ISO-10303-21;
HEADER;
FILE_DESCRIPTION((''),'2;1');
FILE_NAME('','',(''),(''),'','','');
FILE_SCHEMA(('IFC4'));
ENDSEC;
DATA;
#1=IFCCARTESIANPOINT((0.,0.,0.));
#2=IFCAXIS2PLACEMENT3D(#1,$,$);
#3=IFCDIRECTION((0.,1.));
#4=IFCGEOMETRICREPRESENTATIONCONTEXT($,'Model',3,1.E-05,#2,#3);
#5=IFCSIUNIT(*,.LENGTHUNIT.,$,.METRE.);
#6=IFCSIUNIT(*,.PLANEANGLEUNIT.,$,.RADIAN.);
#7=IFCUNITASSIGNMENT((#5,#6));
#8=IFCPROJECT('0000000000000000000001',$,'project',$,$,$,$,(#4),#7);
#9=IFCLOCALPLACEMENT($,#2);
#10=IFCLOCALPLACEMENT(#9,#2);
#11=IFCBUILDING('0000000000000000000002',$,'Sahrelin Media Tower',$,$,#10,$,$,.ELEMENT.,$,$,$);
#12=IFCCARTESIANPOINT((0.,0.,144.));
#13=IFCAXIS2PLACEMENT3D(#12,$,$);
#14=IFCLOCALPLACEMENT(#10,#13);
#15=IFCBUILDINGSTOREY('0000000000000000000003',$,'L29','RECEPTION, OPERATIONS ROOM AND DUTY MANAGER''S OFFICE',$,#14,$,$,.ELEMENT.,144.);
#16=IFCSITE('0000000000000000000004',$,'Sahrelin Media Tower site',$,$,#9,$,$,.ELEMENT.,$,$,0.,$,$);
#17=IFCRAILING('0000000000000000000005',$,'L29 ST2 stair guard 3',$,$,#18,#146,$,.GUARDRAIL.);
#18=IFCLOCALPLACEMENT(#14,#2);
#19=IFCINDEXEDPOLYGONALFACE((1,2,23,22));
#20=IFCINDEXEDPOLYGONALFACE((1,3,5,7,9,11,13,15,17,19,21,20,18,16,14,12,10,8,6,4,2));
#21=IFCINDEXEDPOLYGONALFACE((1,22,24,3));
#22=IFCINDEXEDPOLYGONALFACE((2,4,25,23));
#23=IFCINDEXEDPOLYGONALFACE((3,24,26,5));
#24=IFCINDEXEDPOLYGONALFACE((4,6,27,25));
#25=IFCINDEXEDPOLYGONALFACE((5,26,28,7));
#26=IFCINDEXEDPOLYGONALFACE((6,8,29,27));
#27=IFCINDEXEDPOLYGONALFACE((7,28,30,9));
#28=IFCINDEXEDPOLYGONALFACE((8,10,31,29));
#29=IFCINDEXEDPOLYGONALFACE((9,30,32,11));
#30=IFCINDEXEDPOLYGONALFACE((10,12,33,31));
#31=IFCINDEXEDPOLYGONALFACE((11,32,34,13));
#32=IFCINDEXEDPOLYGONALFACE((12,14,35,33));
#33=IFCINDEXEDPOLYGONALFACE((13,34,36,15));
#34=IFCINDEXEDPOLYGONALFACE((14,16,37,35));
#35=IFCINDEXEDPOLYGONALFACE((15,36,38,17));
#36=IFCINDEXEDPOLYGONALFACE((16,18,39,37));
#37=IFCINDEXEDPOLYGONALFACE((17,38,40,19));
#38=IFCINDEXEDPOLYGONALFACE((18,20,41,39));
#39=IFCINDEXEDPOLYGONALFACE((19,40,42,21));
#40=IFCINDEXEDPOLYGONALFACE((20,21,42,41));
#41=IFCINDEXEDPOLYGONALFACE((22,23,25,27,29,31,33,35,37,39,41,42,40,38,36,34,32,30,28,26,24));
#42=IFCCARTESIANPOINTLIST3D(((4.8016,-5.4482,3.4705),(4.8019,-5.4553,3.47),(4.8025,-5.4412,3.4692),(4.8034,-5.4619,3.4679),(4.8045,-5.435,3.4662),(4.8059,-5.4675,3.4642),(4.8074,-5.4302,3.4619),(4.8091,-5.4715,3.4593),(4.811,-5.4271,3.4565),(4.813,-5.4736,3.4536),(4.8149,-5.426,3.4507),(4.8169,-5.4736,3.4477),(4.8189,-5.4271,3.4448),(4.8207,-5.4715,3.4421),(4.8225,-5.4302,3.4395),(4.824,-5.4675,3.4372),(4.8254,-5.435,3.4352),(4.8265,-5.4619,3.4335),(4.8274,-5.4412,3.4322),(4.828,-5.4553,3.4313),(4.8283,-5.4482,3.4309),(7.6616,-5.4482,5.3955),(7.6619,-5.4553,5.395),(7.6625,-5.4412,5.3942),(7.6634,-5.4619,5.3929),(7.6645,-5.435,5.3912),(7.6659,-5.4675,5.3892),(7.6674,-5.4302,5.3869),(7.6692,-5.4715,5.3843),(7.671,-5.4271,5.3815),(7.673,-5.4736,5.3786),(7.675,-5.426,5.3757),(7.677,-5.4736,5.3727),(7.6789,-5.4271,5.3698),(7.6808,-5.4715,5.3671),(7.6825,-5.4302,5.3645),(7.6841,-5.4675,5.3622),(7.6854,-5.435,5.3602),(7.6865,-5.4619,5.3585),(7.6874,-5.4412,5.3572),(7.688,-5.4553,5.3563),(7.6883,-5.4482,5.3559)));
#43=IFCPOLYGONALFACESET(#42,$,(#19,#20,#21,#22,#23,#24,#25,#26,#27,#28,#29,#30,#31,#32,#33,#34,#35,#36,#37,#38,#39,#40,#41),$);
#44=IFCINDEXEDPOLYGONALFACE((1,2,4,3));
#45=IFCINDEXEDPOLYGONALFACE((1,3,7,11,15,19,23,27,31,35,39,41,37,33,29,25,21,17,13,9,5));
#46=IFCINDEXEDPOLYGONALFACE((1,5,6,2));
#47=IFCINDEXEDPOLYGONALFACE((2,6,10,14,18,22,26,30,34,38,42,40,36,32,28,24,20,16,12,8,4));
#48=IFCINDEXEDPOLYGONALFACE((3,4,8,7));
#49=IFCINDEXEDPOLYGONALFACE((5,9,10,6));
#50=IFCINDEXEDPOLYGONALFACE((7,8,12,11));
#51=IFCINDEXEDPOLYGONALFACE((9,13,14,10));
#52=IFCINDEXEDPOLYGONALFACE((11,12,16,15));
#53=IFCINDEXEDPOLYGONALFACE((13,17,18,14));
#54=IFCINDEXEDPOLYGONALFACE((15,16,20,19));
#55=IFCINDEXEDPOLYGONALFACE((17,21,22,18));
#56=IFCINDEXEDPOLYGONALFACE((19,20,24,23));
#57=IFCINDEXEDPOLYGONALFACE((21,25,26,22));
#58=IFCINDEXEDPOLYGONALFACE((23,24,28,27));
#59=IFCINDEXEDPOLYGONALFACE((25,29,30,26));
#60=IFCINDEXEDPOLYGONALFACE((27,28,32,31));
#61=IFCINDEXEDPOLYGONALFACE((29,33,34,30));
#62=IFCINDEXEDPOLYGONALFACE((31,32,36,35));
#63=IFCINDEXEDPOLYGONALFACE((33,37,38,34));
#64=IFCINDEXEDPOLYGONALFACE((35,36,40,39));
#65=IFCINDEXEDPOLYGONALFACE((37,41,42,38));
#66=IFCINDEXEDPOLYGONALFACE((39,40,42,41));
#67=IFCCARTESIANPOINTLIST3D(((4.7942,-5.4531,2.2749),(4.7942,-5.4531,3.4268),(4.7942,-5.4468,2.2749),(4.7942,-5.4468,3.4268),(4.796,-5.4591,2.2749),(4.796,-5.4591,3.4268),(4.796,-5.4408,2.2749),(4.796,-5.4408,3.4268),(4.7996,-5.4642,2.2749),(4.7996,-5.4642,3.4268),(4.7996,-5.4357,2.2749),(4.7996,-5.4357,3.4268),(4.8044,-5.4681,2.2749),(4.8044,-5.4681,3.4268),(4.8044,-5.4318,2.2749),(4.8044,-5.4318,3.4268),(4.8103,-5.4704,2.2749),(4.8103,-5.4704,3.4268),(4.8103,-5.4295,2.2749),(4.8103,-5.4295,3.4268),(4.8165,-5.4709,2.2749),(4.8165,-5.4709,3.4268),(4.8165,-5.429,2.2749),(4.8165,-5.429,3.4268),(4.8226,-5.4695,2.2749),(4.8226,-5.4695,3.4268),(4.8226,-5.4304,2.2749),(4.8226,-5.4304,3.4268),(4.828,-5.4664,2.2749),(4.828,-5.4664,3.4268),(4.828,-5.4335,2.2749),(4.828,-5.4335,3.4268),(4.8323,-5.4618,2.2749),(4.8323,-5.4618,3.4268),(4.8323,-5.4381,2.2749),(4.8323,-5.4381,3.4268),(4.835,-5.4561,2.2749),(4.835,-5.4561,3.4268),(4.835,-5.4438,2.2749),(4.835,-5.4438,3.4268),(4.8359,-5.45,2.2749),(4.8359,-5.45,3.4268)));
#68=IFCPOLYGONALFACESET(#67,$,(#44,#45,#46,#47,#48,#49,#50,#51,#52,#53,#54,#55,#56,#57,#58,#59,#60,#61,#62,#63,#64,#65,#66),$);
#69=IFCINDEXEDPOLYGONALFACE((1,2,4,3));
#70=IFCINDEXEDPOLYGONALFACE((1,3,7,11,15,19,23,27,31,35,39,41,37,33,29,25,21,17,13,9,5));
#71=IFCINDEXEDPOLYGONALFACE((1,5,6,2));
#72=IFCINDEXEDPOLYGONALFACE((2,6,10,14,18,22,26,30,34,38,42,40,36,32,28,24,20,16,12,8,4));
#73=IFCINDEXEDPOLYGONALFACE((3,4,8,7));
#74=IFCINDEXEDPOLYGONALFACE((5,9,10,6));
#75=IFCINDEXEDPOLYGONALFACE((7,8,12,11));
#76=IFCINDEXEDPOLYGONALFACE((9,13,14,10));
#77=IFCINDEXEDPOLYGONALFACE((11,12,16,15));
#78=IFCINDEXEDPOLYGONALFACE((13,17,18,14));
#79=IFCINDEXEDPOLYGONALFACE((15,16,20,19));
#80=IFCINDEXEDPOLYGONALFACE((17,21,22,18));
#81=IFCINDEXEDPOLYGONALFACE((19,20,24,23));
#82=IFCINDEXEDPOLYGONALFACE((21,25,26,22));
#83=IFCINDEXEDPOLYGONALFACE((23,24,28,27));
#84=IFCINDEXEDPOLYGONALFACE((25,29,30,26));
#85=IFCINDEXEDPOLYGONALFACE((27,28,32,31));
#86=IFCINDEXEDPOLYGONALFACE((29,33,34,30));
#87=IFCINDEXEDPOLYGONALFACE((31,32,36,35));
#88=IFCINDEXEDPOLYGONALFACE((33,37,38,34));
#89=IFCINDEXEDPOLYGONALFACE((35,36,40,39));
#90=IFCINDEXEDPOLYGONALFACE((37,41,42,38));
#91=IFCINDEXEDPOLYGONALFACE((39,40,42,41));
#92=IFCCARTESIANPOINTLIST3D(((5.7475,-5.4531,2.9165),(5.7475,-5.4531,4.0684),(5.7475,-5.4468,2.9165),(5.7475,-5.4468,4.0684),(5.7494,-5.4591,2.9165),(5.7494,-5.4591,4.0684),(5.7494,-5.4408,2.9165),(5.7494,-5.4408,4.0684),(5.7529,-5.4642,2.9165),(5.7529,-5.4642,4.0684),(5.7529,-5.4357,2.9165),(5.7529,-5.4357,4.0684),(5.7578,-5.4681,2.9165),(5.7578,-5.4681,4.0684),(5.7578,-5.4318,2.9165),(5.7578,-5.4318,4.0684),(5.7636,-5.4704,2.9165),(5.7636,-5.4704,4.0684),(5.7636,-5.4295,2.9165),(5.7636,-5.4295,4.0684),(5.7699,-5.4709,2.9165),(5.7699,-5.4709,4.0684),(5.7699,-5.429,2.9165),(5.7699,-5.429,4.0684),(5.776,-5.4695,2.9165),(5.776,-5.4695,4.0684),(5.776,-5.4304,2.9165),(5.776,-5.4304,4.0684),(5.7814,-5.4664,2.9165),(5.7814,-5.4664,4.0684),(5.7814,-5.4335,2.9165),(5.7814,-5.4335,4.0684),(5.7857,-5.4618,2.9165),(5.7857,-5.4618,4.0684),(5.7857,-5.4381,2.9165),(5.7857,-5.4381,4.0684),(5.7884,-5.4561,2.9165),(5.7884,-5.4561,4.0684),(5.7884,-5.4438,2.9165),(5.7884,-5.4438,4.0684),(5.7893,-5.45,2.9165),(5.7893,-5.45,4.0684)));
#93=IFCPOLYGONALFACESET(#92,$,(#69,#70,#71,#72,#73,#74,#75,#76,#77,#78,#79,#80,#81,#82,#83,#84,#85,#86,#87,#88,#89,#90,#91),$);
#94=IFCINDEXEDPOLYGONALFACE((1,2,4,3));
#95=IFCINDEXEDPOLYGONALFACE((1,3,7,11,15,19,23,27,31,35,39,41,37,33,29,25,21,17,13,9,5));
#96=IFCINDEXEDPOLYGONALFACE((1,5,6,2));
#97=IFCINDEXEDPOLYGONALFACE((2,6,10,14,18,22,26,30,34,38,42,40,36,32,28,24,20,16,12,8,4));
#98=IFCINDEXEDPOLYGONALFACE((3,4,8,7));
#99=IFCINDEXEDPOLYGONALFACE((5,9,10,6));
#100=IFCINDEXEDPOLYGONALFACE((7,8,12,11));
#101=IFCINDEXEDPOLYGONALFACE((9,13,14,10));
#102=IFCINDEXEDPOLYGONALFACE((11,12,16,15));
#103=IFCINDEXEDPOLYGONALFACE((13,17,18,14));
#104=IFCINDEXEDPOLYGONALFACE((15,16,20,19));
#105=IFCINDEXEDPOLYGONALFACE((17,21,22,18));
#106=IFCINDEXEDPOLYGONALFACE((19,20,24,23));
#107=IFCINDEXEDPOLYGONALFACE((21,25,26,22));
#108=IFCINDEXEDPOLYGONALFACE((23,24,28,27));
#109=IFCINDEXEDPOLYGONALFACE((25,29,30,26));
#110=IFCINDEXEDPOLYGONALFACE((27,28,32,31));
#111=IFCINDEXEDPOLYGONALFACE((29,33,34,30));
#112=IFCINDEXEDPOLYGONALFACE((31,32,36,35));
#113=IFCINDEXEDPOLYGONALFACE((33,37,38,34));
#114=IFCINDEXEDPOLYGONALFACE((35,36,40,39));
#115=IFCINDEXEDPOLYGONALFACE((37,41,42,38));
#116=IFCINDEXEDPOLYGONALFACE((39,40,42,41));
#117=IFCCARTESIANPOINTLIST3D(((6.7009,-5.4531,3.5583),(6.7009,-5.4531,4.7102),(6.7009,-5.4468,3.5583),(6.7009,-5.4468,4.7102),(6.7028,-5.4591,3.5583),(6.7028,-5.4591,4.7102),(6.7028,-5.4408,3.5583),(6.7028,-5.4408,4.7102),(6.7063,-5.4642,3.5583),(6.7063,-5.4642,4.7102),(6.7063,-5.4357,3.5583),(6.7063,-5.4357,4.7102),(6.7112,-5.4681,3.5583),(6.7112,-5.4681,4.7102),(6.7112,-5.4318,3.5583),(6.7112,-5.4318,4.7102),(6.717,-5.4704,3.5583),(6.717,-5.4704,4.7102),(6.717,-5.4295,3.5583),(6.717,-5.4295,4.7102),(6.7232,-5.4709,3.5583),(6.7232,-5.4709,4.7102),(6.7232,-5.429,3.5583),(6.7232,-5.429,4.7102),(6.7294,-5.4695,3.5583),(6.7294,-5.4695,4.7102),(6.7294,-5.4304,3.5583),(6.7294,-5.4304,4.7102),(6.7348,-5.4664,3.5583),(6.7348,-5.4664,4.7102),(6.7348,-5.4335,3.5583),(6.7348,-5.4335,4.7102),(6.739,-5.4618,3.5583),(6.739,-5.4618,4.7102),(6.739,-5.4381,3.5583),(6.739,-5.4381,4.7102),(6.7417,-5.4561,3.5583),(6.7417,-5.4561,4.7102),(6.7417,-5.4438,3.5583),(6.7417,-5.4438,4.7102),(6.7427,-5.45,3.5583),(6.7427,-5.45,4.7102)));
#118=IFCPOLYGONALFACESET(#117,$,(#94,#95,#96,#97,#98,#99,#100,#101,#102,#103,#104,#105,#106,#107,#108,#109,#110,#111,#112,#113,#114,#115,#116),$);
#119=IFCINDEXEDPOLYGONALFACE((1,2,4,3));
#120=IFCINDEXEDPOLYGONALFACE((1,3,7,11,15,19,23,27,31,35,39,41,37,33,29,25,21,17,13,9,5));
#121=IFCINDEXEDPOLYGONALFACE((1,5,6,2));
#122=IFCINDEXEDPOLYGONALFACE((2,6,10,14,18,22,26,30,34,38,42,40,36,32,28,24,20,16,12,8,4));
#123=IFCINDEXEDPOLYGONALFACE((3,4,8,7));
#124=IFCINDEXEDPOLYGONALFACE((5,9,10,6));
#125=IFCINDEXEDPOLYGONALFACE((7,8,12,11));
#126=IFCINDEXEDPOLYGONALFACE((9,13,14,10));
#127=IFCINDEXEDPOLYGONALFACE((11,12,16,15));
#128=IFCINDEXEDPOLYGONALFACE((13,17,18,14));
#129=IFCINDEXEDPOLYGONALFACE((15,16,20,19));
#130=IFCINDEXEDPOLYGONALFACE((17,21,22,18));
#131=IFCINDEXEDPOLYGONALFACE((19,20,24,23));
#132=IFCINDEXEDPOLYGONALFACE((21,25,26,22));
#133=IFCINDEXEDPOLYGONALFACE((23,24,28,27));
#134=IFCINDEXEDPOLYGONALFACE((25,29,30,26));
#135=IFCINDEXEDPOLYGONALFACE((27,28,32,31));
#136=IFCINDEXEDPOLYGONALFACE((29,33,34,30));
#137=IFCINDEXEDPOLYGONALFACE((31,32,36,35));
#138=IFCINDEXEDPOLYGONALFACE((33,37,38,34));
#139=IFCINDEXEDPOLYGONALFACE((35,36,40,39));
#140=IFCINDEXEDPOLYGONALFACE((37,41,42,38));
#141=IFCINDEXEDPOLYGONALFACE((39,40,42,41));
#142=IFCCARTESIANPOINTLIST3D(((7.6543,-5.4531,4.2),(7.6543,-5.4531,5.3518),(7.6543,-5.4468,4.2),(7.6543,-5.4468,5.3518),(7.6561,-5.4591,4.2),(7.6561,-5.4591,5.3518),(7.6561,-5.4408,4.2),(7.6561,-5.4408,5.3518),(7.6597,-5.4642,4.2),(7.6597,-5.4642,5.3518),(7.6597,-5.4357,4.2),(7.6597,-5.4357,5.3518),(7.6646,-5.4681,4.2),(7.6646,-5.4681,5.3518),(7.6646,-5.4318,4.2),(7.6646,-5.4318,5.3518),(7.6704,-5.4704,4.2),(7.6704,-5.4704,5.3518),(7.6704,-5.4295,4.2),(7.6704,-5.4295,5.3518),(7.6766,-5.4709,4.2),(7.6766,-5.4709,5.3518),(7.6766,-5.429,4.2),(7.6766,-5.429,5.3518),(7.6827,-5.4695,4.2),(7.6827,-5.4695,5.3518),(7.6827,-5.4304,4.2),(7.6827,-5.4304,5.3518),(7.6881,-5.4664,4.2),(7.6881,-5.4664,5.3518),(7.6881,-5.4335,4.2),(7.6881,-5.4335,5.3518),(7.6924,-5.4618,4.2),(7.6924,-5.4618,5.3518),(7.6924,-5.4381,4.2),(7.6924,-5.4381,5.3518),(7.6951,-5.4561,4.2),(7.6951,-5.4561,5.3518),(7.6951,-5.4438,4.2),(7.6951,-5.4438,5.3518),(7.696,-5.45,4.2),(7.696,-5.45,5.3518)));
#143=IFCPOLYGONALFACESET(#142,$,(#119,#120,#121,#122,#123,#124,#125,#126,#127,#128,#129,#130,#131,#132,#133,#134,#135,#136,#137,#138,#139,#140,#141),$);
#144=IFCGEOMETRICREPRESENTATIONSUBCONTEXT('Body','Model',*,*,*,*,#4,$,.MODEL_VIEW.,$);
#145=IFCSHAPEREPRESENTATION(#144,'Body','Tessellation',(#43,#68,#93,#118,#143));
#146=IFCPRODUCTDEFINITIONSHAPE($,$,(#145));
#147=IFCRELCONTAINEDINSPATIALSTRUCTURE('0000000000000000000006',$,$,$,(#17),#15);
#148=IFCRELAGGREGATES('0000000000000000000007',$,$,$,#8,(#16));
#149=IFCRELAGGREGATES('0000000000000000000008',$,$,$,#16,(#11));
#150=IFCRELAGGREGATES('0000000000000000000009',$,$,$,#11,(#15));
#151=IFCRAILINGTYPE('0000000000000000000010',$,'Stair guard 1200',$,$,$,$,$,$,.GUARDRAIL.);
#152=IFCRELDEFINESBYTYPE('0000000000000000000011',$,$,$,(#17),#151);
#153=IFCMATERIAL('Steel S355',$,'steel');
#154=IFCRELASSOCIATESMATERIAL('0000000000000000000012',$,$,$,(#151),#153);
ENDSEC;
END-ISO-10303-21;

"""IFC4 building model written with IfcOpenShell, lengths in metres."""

from ifc_helpers import new_model, si_unit, direction, frame, origin, origin_2d, place, context, subcontext, project, spatial, circle, extrude, material, type_object, element, save


model = new_model("IFC4")

# Units and contexts
model_context = context("Model", 3, precision=1e-05, world=origin(), true_north=direction((0.0, 1.0)))
body_context = subcontext(model_context, "Body", "Model", "MODEL_VIEW")
ifc_project = project(units=[si_unit("LENGTHUNIT", "METRE"), si_unit("PLANEANGLEUNIT", "RADIAN")], contexts=[model_context])

# Site, building, storey
site_placement = place(None, origin())
site = spatial("IfcSite", under=ifc_project, at=site_placement, Name="Sahrelin Media Tower site", CompositionType="ELEMENT", RefElevation=0.0)
building_placement = place(site_placement, origin())
building = spatial("IfcBuilding", under=site, at=building_placement, Name="Sahrelin Media Tower", CompositionType="ELEMENT")
storey_placement = place(building_placement, frame((0.0, 0.0, 144.0)))
storey = spatial("IfcBuildingStorey", under=building, at=storey_placement, Name="L29", Description="RECEPTION, OPERATIONS ROOM AND DUTY MANAGER'S OFFICE", CompositionType="ELEMENT", Elevation=144.0)

# Shared definitions
ifc_material_1 = material(Name="Steel S355", Category="steel")

# Railing
railing_type_1 = type_object("IfcRailingType", Name="Stair guard 1200", PredefinedType="GUARDRAIL", material=ifc_material_1)
railing_1_placement = place(storey_placement, frame((4.8149, -5.45, 2.2749)))
element("IfcRailing", 1, at=railing_1_placement, inside=storey, type_object=railing_type_1, Name="L29 ST2 stair guard 3", PredefinedType="GUARDRAIL", context=body_context, shape_type="SweptSolid", body=[
    extrude(circle(Radius=0.0239, at=origin_2d()), frame((0.0, 0.0, 1.1758), z_axis=(0.829591, 0.0, 0.558372), x_axis=(0.0, 1.0, 0.0)), (0.0, 0.0, 1.0), 3.4475),
    extrude(circle(Radius=0.021, at=origin_2d()), origin(), (0.0, 0.0, 1.0), 1.1519),
    extrude(circle(Radius=0.021, at=origin_2d()), frame((0.9534, 0.0, 0.6416)), (0.0, 0.0, 1.0), 1.1519),
    extrude(circle(Radius=0.021, at=origin_2d()), frame((1.9067, 0.0, 1.2834)), (0.0, 0.0, 1.0), 1.1519),
    extrude(circle(Radius=0.021, at=origin_2d()), frame((2.8601, 0.0, 1.925)), (0.0, 0.0, 1.0), 1.1519),
])

save(model, "model.ifc")
